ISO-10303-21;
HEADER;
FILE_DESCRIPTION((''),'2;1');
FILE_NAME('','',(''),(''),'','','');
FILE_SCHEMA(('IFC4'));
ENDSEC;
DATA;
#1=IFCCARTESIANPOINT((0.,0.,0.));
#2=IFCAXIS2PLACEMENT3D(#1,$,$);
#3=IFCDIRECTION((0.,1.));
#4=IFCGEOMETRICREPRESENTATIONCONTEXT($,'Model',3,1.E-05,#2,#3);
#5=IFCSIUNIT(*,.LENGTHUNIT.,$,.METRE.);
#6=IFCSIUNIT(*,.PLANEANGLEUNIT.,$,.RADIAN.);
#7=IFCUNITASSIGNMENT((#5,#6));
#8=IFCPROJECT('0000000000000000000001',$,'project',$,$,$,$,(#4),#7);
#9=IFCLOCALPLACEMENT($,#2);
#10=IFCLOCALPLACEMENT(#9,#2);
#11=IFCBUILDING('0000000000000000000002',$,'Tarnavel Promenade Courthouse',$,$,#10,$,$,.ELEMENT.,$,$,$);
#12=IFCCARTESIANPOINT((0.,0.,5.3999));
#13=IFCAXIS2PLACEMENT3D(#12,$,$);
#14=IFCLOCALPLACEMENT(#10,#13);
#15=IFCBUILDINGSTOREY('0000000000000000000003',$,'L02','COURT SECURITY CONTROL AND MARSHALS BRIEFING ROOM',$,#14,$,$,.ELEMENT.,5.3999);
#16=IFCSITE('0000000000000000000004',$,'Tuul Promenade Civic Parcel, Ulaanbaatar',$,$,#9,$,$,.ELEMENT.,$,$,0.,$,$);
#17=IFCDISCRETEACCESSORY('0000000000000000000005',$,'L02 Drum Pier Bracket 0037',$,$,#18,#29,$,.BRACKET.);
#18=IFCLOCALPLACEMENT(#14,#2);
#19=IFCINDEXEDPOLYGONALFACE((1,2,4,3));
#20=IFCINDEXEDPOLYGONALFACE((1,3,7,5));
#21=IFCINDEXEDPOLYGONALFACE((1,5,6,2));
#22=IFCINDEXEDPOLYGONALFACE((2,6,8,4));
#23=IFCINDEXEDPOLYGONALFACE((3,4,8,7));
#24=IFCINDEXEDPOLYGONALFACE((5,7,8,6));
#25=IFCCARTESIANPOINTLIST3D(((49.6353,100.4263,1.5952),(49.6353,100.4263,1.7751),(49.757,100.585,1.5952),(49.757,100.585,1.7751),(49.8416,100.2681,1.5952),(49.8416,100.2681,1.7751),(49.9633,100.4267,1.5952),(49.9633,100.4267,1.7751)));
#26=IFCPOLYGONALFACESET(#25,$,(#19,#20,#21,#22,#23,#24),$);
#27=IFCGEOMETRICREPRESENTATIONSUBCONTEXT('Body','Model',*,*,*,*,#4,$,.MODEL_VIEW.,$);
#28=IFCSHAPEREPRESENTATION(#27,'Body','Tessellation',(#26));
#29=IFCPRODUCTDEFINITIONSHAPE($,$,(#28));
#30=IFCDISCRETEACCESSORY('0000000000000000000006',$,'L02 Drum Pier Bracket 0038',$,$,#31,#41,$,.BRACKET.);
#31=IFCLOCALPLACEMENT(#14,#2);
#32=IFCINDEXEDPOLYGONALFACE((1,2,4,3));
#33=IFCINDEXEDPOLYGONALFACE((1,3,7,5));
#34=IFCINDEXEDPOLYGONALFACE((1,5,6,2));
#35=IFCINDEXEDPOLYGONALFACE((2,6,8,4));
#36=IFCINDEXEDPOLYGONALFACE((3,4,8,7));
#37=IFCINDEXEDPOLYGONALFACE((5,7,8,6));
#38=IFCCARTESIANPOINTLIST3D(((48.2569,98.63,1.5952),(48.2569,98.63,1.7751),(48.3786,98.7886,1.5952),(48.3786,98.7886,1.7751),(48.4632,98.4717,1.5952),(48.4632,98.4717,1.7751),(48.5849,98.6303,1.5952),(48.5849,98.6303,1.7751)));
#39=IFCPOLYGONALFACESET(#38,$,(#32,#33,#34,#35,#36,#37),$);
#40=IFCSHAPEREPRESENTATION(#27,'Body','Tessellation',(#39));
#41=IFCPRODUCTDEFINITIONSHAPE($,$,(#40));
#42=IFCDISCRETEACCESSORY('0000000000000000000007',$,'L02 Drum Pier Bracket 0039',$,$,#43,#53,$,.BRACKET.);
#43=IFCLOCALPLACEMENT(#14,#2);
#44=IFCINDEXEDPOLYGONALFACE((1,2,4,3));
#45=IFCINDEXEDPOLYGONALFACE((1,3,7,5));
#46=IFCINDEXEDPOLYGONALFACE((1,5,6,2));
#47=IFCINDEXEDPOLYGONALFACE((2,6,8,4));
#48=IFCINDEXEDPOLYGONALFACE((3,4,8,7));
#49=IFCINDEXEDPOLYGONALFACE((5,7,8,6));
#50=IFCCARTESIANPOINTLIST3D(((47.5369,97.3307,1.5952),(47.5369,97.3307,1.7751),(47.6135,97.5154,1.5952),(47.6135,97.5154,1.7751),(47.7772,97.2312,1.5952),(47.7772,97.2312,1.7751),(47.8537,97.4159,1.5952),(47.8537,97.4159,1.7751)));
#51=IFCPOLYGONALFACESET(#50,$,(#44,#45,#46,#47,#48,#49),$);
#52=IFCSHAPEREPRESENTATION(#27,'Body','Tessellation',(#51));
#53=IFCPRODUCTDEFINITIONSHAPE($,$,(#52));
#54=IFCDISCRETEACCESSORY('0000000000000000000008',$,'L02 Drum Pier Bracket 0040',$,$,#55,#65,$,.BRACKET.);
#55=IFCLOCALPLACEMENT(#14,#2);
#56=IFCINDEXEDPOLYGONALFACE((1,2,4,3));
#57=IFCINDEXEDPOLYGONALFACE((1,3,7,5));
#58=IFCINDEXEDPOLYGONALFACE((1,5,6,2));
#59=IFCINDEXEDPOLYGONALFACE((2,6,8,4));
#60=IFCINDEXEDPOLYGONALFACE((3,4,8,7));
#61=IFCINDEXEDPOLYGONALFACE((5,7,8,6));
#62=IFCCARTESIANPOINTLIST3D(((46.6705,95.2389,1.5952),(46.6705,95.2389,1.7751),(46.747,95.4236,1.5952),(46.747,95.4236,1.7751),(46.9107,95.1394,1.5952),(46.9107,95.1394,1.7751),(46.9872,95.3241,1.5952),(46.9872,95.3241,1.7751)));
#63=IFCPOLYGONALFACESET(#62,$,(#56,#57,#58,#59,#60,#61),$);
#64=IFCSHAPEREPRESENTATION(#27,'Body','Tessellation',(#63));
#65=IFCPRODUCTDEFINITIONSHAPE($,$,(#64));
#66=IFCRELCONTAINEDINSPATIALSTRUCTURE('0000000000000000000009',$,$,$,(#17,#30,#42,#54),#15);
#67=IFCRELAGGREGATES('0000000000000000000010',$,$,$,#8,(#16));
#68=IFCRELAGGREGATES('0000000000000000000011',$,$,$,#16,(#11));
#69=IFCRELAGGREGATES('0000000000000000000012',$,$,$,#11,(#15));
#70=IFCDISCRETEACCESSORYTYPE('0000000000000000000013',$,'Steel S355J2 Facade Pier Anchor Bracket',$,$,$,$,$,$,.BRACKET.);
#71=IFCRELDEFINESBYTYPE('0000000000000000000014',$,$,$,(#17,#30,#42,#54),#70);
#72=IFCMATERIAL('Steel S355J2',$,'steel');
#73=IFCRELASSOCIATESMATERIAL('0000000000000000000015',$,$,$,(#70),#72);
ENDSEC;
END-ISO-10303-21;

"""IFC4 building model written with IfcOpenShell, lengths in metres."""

from ifc_helpers import new_model, si_unit, direction, frame, origin, origin_2d, place, context, subcontext, project, spatial, rectangle, extrude, material, type_object, element, save


model = new_model("IFC4")

# Units and contexts
model_context = context("Model", 3, precision=1e-05, world=origin(), true_north=direction((0.0, 1.0)))
body_context = subcontext(model_context, "Body", "Model", "MODEL_VIEW")
ifc_project = project(units=[si_unit("LENGTHUNIT", "METRE"), si_unit("PLANEANGLEUNIT", "RADIAN")], contexts=[model_context])

# Site, building, storey
site_placement = place(None, origin())
site = spatial("IfcSite", under=ifc_project, at=site_placement, Name="Tuul Promenade Civic Parcel, Ulaanbaatar", CompositionType="ELEMENT", RefElevation=0.0)
building_placement = place(site_placement, origin())
building = spatial("IfcBuilding", under=site, at=building_placement, Name="Tarnavel Promenade Courthouse", CompositionType="ELEMENT")
storey_placement = place(building_placement, frame((0.0, 0.0, 5.3999)))
storey = spatial("IfcBuildingStorey", under=building, at=storey_placement, Name="L02", Description="COURT SECURITY CONTROL AND MARSHALS BRIEFING ROOM", CompositionType="ELEMENT", Elevation=5.3999)

# Shared definitions
ifc_material_1 = material(Name="Steel S355J2", Category="steel")

# Discrete accessories
discrete_accessory_type = type_object("IfcDiscreteAccessoryType", Name="Steel S355J2 Facade Pier Anchor Bracket", PredefinedType="BRACKET", material=ifc_material_1)
for number, where, z_axis, x_axis, name in (
    (1, (49.7993, 100.4265, 1.5952), (0.0, 0.0, 1.0), (-0.608761, -0.793353, 0.0), "L02 Drum Pier Bracket 0037"),
    (2, (48.4209, 98.6301, 1.5952), (0.0, 0.0, 1.0), (-0.608761, -0.793353, 0.0), "L02 Drum Pier Bracket 0038"),
    (3, (47.6953, 97.3733, 1.5952), (0.0, 0.0, 1.0), (-0.382683, -0.92388, 0.0), "L02 Drum Pier Bracket 0039"),
    (4, (46.8289, 95.2815, 1.5952), (0.0, 0.0, 1.0), (-0.382683, -0.92388, 0.0), "L02 Drum Pier Bracket 0040"),
):
    element("IfcDiscreteAccessory", number, at=place(storey_placement, frame(where, z_axis=z_axis, x_axis=x_axis)), inside=storey, type_object=discrete_accessory_type, Name=name, PredefinedType="BRACKET", context=body_context, shape_type="SweptSolid", body=[
        extrude(rectangle(XDim=0.2, YDim=0.26, at=origin_2d()), origin(), (0.0, 0.0, 1.0), 0.1799),
    ])

save(model, "model.ifc")
